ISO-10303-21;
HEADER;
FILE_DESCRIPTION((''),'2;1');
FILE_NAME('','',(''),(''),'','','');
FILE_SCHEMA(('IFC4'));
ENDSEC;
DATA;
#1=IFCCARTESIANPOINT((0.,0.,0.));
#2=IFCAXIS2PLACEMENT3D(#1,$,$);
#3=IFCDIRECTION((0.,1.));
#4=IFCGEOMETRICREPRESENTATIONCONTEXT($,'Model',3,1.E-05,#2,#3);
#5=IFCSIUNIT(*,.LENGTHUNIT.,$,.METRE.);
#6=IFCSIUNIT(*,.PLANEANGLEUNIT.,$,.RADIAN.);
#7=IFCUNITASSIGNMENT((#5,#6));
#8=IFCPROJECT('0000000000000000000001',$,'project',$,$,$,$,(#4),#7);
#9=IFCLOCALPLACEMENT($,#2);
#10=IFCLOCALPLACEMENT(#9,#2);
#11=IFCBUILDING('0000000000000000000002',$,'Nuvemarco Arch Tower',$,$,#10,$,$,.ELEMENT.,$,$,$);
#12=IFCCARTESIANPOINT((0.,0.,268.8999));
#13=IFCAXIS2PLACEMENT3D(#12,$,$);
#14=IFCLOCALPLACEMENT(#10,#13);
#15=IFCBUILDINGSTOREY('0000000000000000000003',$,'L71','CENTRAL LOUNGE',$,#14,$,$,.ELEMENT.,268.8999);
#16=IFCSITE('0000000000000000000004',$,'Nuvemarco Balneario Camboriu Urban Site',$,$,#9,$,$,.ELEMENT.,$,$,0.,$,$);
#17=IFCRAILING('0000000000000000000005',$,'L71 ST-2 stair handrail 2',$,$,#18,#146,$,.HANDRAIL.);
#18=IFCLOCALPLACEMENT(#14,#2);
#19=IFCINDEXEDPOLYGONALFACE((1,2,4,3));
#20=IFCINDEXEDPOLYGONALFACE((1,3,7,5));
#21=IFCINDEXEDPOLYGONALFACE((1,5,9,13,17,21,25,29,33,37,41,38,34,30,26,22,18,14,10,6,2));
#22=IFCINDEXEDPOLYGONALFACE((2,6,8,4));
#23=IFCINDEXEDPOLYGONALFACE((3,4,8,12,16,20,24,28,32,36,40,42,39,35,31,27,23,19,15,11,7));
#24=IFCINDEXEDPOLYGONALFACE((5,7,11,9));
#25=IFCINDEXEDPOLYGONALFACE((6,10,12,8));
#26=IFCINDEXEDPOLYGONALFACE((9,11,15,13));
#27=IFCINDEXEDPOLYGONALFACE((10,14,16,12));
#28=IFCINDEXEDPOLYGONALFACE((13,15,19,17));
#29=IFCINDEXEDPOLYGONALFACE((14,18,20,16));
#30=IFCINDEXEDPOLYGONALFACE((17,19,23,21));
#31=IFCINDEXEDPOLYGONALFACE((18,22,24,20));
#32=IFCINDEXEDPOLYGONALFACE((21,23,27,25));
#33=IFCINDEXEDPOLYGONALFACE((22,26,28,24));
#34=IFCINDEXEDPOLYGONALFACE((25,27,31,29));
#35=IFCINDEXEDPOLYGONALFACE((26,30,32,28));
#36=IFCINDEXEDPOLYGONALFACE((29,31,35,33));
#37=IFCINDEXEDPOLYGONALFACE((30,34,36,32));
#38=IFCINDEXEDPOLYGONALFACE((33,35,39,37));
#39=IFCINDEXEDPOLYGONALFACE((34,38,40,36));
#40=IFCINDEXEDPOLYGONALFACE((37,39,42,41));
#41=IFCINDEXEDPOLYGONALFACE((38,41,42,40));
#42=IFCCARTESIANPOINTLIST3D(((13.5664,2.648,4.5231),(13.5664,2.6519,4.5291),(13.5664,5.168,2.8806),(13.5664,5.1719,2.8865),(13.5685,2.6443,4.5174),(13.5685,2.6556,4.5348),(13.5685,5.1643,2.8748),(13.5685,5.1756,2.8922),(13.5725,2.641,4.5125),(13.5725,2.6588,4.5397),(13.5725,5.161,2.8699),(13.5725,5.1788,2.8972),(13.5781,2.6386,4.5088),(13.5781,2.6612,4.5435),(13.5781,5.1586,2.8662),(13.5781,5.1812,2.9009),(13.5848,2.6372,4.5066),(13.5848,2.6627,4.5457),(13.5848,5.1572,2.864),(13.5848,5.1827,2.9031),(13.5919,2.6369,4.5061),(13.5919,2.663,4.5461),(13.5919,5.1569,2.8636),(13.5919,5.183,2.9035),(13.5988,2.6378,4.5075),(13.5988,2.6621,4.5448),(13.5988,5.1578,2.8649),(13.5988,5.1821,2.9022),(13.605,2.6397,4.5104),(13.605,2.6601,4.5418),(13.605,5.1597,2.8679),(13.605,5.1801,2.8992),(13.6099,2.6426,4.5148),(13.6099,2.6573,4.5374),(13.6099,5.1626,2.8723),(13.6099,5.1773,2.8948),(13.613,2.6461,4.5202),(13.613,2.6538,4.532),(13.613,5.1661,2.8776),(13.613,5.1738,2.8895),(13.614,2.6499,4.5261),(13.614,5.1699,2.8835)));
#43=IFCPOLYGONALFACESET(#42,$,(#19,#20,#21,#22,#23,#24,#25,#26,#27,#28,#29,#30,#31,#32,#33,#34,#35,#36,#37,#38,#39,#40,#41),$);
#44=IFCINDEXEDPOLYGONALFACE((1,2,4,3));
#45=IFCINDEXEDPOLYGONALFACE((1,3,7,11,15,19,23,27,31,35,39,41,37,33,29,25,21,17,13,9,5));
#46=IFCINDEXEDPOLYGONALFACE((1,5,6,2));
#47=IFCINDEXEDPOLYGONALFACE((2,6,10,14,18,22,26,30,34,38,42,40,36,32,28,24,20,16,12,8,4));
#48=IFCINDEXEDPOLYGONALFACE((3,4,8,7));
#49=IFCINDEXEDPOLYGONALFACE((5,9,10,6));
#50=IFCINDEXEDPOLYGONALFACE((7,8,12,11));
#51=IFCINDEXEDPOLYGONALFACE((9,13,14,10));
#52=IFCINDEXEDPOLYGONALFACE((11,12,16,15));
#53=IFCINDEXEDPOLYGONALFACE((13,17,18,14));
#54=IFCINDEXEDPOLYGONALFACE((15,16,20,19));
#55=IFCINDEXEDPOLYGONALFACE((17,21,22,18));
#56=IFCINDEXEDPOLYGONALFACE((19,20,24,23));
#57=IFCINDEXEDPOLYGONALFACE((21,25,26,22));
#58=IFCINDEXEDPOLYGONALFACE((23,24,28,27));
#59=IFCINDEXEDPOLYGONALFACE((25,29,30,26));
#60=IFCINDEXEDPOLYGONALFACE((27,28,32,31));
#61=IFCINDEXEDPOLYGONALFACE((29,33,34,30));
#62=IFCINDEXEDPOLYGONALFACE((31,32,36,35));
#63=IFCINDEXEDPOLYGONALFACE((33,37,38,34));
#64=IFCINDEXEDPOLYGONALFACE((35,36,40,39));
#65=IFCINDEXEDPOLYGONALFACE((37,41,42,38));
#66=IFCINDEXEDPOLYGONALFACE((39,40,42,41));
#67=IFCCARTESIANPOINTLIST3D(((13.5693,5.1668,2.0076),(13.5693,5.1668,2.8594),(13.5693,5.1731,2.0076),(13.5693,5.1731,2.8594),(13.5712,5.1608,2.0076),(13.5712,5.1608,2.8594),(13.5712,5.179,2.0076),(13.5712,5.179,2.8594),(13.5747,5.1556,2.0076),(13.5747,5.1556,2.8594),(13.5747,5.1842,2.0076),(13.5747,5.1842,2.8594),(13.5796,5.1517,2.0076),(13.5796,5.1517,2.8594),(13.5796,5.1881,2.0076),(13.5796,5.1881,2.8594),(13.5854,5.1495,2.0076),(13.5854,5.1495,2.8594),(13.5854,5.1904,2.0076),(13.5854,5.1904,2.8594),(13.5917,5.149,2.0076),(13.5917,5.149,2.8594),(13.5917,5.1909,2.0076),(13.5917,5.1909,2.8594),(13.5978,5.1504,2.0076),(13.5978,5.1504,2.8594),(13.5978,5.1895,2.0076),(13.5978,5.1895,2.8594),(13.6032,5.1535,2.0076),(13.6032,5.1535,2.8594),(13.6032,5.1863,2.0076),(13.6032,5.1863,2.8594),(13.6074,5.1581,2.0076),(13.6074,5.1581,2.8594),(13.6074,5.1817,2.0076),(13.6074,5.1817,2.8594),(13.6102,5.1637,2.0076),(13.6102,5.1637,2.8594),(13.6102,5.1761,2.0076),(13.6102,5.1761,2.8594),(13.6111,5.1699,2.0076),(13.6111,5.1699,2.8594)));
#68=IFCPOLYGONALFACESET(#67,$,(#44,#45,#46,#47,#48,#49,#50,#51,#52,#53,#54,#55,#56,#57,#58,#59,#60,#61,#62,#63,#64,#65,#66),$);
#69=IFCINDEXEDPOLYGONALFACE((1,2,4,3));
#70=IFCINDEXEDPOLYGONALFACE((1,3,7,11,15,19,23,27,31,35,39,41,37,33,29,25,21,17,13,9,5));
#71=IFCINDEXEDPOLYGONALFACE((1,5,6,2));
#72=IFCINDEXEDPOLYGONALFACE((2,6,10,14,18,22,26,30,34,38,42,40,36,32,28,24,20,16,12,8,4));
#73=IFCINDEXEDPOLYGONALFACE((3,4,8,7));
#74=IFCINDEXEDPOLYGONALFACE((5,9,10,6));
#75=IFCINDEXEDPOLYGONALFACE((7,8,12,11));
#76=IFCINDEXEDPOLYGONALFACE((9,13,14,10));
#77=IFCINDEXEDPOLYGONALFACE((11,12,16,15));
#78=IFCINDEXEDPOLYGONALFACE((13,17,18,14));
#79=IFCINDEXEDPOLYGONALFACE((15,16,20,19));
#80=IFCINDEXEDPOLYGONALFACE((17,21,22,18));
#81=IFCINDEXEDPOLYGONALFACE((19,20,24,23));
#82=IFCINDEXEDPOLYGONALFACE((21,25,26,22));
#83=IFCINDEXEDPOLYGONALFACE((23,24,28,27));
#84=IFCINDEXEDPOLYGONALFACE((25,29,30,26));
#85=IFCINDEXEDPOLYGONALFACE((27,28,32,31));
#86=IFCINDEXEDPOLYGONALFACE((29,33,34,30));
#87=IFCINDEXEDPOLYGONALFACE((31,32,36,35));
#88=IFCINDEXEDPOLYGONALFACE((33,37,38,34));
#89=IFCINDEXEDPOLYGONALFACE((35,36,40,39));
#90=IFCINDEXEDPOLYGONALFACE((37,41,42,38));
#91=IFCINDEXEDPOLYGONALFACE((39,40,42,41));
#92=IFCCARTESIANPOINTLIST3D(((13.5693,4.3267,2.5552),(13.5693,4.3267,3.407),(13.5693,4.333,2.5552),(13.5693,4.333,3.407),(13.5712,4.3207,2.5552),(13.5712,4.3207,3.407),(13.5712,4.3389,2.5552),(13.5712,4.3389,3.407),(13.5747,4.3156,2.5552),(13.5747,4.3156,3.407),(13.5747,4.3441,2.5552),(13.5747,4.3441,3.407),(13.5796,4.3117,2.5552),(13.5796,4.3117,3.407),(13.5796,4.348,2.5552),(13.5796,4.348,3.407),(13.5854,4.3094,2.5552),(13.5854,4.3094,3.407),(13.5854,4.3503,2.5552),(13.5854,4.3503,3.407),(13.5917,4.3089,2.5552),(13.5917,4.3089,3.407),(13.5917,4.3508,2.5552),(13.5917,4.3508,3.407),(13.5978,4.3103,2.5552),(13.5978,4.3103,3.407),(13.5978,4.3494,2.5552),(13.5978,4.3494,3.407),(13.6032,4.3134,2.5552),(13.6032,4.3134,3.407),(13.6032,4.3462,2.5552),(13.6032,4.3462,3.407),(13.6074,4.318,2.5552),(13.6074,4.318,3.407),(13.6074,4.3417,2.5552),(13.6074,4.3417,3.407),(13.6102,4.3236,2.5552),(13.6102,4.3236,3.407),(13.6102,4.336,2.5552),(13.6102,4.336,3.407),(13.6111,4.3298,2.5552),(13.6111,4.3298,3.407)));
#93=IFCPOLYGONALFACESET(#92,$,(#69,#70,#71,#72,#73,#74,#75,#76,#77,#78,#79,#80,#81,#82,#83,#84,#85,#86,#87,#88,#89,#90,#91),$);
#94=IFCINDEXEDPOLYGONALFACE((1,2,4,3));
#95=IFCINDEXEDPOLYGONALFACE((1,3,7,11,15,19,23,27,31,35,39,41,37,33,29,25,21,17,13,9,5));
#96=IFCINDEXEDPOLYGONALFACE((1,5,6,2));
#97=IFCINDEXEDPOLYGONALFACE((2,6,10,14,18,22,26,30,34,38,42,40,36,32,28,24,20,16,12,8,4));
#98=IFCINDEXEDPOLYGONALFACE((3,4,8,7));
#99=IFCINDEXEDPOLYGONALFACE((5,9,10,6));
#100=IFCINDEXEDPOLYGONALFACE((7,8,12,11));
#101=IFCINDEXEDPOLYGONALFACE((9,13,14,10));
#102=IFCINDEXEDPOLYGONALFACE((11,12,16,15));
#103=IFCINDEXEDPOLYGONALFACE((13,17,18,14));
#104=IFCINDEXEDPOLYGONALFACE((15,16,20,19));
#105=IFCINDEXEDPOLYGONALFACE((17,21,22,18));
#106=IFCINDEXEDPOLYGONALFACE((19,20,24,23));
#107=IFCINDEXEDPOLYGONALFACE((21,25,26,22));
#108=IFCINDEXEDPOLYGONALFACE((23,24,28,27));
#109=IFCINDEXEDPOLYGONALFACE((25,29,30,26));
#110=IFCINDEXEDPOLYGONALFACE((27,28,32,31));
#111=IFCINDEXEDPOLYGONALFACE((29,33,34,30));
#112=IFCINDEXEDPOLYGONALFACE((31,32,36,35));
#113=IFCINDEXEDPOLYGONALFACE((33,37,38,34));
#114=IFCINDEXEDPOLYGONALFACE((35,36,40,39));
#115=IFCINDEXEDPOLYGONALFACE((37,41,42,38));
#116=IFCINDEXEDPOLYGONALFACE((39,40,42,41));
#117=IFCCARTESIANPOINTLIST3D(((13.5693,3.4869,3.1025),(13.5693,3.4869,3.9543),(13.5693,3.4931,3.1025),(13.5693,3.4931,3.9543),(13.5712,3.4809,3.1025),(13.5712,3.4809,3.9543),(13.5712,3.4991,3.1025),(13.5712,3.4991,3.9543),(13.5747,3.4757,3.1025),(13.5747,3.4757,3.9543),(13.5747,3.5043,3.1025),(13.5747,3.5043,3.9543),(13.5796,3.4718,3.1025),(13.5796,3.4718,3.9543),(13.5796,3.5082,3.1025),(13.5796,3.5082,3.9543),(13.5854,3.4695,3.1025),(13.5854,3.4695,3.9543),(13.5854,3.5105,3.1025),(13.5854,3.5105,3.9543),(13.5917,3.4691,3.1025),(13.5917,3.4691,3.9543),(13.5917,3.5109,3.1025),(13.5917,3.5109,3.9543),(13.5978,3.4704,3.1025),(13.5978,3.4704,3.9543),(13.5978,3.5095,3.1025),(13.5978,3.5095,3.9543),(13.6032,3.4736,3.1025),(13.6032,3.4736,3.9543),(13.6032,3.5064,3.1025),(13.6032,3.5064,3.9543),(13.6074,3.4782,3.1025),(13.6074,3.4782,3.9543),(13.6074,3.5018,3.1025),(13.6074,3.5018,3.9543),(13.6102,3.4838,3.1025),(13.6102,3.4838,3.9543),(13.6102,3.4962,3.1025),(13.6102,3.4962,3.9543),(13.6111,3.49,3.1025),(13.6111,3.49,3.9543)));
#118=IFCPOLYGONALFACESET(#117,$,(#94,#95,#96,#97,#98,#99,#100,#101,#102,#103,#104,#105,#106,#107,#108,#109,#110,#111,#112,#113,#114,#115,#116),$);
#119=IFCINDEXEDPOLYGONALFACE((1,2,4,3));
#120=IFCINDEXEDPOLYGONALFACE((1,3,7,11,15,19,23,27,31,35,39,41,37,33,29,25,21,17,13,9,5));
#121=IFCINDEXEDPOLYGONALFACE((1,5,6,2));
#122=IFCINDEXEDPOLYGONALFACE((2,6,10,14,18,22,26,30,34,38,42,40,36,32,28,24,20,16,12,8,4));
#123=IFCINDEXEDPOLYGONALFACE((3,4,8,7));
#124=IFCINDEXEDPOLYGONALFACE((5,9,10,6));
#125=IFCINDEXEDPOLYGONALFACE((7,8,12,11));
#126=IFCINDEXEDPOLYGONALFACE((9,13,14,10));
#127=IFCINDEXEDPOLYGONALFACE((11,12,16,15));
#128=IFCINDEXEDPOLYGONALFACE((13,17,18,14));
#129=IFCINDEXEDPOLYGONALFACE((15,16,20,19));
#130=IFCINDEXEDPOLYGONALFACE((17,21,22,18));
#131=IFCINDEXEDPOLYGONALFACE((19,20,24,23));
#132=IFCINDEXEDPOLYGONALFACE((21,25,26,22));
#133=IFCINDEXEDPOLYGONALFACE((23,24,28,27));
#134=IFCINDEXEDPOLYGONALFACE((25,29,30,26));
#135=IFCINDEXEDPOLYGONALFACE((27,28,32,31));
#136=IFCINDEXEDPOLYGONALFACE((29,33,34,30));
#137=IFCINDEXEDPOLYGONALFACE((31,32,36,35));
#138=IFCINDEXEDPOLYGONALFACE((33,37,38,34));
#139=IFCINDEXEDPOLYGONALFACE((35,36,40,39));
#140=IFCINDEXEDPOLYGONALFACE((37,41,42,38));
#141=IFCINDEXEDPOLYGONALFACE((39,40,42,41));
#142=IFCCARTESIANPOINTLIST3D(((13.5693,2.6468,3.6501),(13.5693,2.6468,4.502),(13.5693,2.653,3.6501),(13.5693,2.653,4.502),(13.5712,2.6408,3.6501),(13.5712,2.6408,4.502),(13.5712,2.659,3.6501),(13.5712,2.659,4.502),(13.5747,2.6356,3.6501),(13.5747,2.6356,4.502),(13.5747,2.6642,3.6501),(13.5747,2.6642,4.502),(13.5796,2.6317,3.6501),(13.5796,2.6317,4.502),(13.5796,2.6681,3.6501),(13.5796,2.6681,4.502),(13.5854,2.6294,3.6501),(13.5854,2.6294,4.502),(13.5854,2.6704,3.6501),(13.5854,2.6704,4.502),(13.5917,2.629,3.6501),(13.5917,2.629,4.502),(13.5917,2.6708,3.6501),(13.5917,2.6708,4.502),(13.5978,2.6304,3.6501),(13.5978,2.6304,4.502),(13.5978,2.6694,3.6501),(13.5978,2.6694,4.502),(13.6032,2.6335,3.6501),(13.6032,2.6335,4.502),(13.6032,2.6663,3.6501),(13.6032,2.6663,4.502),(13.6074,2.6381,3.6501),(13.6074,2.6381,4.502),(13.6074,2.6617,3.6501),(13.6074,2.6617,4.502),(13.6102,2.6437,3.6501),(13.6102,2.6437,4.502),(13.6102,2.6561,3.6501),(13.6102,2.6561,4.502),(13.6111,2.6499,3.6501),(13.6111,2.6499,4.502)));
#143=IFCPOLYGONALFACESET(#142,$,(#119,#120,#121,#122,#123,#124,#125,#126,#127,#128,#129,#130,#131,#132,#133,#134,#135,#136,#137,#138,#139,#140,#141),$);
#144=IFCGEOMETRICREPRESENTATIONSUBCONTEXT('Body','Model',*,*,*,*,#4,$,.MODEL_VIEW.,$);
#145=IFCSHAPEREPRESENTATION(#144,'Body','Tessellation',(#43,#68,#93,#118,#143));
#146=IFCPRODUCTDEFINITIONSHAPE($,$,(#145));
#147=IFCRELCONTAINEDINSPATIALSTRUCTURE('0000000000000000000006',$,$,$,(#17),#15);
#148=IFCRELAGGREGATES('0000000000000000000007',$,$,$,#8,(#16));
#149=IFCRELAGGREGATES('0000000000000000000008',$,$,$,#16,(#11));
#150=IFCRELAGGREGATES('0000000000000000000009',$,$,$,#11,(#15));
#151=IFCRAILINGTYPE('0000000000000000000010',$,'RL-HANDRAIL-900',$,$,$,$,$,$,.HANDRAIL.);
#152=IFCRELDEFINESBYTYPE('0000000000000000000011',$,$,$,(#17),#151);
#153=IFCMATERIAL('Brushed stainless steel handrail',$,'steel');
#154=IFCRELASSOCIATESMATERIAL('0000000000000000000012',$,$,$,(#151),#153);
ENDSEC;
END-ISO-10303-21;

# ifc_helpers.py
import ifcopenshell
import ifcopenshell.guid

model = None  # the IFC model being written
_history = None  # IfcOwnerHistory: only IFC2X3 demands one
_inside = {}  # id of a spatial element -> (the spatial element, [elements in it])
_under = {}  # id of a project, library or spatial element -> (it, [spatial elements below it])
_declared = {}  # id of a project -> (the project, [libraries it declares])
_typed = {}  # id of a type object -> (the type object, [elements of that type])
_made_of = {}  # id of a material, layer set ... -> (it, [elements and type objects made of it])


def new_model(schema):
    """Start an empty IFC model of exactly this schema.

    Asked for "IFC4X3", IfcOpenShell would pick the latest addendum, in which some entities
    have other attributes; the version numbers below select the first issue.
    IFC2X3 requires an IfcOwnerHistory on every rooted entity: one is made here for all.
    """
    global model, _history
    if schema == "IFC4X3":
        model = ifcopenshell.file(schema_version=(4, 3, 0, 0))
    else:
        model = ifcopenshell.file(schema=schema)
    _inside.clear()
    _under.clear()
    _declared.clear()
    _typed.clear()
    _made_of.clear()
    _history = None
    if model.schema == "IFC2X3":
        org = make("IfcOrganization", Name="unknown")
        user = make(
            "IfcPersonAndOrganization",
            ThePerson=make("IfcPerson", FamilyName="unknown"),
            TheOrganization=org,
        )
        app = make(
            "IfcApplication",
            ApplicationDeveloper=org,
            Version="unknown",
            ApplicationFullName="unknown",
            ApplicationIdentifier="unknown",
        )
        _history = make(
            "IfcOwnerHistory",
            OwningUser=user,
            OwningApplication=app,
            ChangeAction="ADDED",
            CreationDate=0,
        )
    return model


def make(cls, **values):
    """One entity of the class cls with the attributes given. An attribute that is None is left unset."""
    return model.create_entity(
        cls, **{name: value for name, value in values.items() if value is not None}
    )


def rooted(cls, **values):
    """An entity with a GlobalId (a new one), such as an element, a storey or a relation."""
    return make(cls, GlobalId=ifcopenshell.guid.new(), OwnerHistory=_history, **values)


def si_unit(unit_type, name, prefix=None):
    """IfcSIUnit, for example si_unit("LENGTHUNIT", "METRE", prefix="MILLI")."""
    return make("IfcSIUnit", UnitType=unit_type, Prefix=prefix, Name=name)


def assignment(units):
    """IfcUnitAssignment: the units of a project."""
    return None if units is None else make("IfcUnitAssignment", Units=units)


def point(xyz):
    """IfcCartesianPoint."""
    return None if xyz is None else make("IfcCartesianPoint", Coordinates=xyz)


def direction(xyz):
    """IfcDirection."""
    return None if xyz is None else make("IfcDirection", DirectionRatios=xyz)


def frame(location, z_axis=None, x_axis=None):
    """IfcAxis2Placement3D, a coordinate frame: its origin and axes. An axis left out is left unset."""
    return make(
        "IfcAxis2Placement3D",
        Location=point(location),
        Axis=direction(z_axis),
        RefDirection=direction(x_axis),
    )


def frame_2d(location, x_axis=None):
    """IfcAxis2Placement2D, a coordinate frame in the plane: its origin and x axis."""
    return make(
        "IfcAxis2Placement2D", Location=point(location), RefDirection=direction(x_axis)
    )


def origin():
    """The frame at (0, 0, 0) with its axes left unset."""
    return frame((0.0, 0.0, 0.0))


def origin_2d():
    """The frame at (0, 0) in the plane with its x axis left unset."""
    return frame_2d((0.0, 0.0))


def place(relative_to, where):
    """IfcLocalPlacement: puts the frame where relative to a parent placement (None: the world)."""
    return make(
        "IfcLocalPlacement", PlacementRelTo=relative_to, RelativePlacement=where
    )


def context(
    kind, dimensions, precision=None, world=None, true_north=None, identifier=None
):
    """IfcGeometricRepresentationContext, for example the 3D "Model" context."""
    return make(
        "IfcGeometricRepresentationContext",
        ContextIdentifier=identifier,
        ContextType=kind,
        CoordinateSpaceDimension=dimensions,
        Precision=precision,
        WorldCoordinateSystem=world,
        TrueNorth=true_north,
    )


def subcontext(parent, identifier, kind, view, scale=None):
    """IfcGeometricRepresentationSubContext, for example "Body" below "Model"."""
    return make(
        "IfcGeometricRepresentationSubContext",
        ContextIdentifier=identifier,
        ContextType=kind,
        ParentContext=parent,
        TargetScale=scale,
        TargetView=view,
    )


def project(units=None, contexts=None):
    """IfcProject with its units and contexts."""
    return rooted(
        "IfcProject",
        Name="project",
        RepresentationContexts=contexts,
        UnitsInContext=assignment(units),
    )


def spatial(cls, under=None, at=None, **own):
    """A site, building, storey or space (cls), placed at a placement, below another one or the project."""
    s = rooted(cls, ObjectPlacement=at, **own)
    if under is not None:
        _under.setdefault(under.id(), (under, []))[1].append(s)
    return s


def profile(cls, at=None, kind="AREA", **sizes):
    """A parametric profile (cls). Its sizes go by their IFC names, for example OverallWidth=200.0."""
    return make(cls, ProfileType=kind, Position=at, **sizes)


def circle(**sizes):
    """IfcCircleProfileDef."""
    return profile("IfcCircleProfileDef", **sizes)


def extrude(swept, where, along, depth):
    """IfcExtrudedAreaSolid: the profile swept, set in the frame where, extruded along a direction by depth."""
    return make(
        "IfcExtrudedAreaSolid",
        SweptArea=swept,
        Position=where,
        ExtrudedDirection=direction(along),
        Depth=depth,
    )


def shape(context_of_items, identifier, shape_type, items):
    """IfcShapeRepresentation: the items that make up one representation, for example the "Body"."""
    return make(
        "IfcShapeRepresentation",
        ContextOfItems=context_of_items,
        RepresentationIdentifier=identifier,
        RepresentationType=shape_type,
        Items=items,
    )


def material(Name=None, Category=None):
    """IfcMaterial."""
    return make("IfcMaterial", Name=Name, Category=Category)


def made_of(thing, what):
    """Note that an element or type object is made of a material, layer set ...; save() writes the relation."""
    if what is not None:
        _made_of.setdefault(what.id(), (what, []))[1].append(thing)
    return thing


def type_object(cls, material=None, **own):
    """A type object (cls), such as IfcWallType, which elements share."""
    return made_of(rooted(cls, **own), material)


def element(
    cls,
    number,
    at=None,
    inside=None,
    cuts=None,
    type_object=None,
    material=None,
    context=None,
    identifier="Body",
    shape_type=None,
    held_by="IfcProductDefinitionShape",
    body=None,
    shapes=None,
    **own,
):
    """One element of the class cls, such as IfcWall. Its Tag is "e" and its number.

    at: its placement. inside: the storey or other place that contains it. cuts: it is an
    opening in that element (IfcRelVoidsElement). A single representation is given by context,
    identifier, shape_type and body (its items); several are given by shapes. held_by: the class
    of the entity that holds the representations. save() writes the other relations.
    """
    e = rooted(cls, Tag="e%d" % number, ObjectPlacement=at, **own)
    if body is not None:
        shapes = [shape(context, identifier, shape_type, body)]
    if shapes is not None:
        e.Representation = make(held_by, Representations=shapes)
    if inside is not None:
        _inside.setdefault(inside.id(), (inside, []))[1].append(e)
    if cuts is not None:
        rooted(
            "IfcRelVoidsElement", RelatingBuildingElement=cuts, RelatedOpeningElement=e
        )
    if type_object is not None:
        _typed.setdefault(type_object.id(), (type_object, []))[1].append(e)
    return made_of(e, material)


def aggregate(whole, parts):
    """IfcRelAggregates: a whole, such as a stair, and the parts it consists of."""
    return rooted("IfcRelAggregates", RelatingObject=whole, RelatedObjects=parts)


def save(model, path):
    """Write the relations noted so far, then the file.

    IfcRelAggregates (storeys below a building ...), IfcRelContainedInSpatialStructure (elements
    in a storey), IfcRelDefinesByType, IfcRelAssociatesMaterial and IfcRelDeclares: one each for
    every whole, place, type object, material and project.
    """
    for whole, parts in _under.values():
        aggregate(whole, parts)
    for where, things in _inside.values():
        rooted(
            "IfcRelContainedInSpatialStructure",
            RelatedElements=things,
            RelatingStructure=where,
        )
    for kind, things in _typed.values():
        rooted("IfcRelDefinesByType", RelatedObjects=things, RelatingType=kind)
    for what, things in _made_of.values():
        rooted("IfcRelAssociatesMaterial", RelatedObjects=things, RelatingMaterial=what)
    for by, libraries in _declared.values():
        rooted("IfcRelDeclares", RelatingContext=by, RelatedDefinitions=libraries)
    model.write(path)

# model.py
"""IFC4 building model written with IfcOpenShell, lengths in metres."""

from ifc_helpers import new_model, si_unit, direction, frame, origin, origin_2d, place, context, subcontext, project, spatial, circle, extrude, material, type_object, element, save


model = new_model("IFC4")

# Units and contexts
model_context = context("Model", 3, precision=1e-05, world=origin(), true_north=direction((0.0, 1.0)))
body_context = subcontext(model_context, "Body", "Model", "MODEL_VIEW")
ifc_project = project(units=[si_unit("LENGTHUNIT", "METRE"), si_unit("PLANEANGLEUNIT", "RADIAN")], contexts=[model_context])

# Site, building, storey
site_placement = place(None, origin())
site = spatial("IfcSite", under=ifc_project, at=site_placement, Name="Nuvemarco Balneario Camboriu Urban Site", CompositionType="ELEMENT", RefElevation=0.0)
building_placement = place(site_placement, origin())
building = spatial("IfcBuilding", under=site, at=building_placement, Name="Nuvemarco Arch Tower", CompositionType="ELEMENT")
storey_placement = place(building_placement, frame((0.0, 0.0, 268.8999)))
storey = spatial("IfcBuildingStorey", under=building, at=storey_placement, Name="L71", Description="CENTRAL LOUNGE", CompositionType="ELEMENT", Elevation=268.8999)

# Railing
ifc_material_1 = material(Name="Brushed stainless steel handrail", Category="steel")
railing_type_1 = type_object("IfcRailingType", Name="RL-HANDRAIL-900", PredefinedType="HANDRAIL", material=ifc_material_1)
railing_1_placement = place(storey_placement, frame((13.5901, 5.1699, 2.0076)))
element("IfcRailing", 1, at=railing_1_placement, inside=storey, type_object=railing_type_1, Name="L71 ST-2 stair handrail 2", PredefinedType="HANDRAIL", context=body_context, shape_type="SweptSolid", body=[
    extrude(circle(Radius=0.0239, at=origin_2d()), frame((0.0, 0.0, 0.876), z_axis=(0.0, -0.837749, 0.546055), x_axis=(1.0, 0.0, 0.0)), (0.0, 0.0, 1.0), 3.0081),
    extrude(circle(Radius=0.021, at=origin_2d()), origin(), (0.0, 0.0, 1.0), 0.8518),
    extrude(circle(Radius=0.021, at=origin_2d()), frame((0.0, -0.8401, 0.5476)), (0.0, 0.0, 1.0), 0.8518),
    extrude(circle(Radius=0.021, at=origin_2d()), frame((0.0, -1.6799, 1.095)), (0.0, 0.0, 1.0), 0.8518),
    extrude(circle(Radius=0.021, at=origin_2d()), frame((0.0, -2.52, 1.6426)), (0.0, 0.0, 1.0), 0.8518),
])

save(model, "model.ifc")
